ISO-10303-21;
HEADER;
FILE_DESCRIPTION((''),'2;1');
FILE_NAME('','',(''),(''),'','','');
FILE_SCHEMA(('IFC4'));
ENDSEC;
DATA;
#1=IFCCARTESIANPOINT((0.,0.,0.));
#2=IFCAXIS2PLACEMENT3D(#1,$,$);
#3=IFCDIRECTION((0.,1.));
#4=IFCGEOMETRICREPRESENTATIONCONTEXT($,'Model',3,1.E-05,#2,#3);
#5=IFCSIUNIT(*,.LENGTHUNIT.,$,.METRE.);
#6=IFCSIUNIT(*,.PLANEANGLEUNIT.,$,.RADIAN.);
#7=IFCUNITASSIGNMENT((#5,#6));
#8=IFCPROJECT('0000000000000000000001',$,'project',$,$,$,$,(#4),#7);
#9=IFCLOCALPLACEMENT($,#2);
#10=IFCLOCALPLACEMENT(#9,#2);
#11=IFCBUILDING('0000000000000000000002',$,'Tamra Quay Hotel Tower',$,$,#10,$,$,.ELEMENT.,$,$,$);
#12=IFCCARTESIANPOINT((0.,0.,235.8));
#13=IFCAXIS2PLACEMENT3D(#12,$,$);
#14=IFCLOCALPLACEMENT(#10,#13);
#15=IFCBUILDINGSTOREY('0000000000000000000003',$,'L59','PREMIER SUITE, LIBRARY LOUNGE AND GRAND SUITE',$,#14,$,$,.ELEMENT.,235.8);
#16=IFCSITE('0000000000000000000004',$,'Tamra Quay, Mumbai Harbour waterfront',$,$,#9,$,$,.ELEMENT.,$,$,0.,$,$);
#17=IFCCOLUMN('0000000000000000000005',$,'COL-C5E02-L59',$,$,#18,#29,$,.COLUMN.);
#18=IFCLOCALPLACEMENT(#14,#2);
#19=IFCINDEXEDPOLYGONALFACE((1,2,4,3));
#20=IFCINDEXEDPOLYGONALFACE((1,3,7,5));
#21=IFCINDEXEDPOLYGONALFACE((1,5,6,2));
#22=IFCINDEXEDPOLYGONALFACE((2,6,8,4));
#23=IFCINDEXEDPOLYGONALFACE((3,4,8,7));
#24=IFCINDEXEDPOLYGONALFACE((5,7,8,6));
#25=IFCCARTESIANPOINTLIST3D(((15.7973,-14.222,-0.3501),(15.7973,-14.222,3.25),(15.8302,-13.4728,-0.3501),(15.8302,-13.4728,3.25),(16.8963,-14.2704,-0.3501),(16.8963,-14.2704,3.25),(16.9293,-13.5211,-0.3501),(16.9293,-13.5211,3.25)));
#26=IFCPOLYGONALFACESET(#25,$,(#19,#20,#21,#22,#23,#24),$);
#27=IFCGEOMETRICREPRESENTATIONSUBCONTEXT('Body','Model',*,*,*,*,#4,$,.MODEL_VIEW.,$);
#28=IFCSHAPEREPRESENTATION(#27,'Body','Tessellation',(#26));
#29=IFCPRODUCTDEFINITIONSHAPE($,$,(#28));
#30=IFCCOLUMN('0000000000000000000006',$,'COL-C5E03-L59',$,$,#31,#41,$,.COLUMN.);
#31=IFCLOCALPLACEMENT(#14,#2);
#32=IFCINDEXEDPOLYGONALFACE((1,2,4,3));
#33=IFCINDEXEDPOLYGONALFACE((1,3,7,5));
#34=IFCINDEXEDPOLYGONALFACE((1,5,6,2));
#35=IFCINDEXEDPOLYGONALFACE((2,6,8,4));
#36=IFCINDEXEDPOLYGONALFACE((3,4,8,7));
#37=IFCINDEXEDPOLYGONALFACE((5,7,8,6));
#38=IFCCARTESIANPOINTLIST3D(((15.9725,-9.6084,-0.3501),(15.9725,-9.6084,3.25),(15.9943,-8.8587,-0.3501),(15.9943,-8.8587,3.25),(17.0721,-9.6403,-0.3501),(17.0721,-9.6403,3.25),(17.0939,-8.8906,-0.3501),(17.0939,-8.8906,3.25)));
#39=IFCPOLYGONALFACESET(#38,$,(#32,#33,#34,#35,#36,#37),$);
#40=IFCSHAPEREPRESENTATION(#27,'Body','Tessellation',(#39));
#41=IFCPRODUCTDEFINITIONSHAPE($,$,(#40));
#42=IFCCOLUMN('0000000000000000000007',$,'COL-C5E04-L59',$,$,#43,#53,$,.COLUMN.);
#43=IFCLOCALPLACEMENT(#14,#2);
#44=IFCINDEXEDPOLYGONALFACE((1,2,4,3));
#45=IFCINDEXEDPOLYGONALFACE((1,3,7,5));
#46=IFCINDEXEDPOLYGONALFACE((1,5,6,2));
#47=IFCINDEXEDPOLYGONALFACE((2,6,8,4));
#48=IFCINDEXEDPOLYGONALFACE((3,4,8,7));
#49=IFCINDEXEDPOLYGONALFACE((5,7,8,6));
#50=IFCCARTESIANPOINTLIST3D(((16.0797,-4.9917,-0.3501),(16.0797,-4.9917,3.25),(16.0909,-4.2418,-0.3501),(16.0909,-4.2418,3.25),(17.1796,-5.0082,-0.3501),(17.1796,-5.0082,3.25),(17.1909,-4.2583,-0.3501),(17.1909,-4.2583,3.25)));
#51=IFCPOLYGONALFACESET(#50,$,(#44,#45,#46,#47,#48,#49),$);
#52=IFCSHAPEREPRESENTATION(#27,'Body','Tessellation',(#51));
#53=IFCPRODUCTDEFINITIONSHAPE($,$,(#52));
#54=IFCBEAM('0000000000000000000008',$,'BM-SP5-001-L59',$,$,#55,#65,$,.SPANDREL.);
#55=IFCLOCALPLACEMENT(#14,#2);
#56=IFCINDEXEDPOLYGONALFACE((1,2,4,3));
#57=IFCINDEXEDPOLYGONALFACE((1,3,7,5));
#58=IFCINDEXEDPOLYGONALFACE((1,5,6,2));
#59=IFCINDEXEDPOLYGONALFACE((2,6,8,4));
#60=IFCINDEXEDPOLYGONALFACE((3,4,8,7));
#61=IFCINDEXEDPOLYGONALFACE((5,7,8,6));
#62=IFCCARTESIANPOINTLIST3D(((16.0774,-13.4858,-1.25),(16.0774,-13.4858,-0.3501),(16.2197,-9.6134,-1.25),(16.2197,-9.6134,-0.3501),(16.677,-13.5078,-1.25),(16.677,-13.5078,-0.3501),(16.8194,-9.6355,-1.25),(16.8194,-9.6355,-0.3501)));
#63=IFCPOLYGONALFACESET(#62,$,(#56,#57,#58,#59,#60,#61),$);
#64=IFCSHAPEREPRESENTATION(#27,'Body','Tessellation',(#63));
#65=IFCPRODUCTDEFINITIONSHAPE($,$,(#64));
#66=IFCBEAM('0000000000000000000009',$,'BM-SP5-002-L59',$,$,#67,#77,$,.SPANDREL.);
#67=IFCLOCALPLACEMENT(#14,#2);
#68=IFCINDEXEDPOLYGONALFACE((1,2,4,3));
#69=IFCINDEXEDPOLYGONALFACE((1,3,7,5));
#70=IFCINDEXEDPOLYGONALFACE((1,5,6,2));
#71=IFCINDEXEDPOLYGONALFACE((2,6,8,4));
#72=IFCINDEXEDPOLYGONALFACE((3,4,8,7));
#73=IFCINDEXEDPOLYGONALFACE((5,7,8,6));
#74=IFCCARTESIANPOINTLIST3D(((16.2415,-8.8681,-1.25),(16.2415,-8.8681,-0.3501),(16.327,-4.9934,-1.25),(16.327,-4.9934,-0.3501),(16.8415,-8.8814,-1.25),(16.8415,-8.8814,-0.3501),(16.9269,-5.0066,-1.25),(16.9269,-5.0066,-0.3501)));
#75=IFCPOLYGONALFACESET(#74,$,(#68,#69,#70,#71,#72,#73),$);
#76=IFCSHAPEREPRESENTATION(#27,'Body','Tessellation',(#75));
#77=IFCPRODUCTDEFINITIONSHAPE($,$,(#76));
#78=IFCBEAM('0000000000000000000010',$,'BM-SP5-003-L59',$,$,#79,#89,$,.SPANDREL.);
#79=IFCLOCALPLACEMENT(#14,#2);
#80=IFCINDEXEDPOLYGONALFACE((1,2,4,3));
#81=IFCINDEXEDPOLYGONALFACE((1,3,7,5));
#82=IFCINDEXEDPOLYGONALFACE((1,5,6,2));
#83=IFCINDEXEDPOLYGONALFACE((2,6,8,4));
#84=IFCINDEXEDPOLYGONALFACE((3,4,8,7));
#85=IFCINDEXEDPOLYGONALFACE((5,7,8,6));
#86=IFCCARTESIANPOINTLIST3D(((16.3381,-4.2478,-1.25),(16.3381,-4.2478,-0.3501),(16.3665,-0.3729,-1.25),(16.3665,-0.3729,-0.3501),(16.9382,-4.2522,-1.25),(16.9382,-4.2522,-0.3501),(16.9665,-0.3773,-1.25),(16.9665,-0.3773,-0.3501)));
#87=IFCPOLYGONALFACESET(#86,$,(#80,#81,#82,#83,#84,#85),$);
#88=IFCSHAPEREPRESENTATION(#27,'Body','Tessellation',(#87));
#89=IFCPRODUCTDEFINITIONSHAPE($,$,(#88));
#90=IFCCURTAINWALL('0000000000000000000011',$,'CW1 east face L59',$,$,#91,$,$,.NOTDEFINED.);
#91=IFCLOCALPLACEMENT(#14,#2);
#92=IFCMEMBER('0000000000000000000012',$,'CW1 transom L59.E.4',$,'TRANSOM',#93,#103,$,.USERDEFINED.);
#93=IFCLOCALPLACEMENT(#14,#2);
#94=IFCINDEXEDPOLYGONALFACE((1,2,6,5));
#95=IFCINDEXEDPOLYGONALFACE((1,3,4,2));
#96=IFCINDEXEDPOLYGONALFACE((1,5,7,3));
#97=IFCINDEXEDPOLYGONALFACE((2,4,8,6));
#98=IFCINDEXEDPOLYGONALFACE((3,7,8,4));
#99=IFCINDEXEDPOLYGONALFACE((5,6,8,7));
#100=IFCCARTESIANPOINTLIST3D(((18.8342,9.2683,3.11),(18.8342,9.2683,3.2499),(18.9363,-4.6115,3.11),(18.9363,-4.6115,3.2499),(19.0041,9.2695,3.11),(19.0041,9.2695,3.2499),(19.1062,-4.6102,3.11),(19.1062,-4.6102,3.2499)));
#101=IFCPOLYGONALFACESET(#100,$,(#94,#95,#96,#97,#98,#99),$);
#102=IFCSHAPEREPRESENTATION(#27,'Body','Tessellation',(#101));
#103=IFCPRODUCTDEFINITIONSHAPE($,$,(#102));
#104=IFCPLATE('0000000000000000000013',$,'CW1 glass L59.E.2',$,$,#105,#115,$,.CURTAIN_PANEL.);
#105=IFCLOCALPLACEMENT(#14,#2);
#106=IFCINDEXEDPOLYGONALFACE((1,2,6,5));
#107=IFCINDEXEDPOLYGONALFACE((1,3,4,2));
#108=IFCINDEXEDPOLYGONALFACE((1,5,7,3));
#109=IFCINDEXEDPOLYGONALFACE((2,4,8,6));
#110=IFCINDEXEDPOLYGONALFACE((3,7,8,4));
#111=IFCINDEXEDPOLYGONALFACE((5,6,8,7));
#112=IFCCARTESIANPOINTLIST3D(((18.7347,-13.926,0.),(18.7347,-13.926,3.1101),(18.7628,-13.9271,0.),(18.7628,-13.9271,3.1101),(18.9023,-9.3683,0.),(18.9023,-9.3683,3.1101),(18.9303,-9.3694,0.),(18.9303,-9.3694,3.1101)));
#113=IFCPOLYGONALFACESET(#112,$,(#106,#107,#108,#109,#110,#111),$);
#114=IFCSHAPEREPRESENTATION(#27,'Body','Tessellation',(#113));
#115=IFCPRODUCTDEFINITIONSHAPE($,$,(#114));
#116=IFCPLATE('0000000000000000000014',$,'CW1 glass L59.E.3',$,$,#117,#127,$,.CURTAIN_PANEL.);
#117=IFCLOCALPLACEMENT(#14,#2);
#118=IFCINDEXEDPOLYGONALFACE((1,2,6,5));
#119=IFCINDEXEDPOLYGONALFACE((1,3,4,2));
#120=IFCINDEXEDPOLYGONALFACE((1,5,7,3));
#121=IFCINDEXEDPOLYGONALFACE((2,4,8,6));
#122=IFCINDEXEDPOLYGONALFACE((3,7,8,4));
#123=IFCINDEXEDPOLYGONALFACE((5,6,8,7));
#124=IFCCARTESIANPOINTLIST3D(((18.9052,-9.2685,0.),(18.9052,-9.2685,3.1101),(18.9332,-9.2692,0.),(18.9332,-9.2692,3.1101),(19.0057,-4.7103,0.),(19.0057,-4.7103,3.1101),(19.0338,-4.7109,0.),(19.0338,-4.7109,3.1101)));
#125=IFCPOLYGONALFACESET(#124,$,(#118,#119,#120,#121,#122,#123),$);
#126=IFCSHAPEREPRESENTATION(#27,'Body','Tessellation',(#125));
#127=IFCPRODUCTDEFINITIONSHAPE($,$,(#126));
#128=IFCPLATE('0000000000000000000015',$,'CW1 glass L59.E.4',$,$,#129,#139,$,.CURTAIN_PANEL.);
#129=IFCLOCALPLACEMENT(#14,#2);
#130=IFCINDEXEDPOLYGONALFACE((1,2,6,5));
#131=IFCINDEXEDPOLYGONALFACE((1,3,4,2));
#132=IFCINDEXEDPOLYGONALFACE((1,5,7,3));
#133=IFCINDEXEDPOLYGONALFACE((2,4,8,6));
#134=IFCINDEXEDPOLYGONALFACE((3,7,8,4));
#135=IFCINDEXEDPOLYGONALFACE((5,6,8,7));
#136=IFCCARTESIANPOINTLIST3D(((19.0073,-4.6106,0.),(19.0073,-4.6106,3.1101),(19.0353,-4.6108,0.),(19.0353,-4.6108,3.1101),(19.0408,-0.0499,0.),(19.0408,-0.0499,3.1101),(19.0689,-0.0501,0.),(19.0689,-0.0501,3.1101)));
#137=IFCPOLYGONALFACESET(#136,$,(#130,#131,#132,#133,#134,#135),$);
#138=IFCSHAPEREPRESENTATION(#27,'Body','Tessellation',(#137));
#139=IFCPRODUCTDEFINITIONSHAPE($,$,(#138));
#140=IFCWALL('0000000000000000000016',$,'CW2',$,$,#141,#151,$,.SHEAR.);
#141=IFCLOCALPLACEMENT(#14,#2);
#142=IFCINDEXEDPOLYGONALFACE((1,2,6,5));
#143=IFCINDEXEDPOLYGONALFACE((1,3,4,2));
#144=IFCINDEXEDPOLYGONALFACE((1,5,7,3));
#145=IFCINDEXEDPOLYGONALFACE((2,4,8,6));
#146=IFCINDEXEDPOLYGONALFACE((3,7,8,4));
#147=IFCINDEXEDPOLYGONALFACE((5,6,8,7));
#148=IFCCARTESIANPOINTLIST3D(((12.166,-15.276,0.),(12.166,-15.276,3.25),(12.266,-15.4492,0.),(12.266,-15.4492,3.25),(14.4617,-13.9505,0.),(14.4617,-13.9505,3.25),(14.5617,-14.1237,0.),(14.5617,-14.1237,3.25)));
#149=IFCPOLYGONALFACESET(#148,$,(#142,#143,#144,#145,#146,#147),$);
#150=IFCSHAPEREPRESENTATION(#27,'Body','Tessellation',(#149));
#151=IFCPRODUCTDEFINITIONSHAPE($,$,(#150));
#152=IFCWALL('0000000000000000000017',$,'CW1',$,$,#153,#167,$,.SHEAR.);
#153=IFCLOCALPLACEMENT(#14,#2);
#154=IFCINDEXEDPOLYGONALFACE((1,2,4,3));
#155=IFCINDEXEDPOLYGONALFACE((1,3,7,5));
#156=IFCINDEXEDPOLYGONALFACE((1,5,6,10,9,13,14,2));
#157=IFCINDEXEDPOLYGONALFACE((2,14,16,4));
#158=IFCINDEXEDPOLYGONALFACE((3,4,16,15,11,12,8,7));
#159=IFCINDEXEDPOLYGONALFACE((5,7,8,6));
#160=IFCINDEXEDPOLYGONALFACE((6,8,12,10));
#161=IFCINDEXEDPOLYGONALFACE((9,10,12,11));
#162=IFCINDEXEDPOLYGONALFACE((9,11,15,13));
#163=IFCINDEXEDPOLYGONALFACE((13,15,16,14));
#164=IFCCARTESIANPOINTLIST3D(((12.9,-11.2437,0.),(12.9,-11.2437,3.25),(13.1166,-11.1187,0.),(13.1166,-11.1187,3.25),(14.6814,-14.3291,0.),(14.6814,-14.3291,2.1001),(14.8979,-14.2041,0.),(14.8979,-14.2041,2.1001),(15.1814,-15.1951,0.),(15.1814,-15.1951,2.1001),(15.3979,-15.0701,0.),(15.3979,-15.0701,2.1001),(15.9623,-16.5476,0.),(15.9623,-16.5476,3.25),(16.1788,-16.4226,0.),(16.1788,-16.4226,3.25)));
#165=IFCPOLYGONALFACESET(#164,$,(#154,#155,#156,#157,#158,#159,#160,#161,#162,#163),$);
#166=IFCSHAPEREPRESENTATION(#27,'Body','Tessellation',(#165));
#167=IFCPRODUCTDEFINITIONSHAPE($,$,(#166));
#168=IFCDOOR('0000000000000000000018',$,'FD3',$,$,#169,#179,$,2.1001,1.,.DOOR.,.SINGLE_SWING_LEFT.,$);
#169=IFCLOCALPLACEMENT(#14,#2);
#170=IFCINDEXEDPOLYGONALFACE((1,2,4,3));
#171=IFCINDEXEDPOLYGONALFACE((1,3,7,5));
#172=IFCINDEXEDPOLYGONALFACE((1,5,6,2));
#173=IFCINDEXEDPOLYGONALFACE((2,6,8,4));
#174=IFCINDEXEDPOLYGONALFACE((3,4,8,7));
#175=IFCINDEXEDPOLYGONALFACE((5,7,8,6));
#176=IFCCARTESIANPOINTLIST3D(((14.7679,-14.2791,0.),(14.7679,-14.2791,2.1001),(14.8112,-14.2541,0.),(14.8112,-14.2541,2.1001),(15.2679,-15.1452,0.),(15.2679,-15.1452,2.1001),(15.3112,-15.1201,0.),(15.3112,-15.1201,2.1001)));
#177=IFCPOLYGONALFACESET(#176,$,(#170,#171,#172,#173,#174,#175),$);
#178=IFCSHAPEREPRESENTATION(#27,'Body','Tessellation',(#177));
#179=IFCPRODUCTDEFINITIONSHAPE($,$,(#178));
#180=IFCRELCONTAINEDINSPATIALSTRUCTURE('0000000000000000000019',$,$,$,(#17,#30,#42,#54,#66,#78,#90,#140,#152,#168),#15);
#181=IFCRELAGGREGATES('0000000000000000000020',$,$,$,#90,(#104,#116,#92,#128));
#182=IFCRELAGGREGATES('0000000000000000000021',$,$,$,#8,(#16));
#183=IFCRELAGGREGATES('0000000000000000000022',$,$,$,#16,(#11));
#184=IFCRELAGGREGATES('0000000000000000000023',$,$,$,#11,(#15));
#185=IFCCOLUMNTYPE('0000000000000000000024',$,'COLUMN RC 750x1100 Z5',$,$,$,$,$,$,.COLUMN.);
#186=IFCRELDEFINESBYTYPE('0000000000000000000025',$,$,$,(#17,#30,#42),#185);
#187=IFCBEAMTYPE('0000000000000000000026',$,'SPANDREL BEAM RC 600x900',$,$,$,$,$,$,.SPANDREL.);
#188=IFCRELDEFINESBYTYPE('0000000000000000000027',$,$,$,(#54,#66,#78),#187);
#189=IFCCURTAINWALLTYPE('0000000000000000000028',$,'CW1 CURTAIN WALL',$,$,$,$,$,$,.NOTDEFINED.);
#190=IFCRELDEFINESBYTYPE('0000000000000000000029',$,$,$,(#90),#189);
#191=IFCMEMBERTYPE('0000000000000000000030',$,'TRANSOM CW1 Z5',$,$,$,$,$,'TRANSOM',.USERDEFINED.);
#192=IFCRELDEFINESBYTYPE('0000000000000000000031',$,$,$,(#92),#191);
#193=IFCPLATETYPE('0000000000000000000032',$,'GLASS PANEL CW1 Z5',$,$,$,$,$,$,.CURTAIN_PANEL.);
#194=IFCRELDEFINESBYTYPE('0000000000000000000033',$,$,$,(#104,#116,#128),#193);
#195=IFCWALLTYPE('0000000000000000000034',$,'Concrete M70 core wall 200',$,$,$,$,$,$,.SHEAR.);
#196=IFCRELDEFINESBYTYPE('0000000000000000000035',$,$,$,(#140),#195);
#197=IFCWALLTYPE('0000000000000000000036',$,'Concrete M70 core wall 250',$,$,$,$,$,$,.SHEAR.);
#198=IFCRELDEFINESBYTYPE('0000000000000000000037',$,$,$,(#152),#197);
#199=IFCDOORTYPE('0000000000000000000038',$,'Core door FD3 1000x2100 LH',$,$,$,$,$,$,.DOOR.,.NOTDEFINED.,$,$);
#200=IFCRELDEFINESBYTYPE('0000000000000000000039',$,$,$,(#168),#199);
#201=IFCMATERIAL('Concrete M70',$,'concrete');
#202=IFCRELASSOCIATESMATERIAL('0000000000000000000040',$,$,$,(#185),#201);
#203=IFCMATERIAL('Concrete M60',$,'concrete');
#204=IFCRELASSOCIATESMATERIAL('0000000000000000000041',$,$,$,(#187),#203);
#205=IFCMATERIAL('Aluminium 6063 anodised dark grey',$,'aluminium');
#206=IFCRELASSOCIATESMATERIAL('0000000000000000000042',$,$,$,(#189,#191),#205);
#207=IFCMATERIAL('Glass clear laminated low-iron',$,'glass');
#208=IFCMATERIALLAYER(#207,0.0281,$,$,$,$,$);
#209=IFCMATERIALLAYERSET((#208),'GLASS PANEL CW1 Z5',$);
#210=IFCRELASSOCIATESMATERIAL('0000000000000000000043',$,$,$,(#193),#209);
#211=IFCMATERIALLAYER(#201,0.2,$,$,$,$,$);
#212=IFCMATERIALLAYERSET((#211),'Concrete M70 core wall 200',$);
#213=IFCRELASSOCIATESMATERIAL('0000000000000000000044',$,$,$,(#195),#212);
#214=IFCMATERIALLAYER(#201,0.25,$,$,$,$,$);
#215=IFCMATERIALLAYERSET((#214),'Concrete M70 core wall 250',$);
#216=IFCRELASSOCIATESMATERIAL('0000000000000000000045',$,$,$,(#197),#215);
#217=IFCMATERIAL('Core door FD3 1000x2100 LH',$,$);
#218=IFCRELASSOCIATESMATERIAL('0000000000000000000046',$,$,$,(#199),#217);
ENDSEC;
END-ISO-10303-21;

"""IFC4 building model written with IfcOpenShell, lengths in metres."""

from ifc_helpers import new_model, si_unit, direction, frame, frame_2d, origin, origin_2d, place, context, subcontext, project, spatial, rectangle, extrude, material, layer, layer_set, material_profile, profile_set, type_object, element, fill, aggregate, save


model = new_model("IFC4")

# Units and contexts
model_context = context("Model", 3, precision=1e-05, world=origin(), true_north=direction((0.0, 1.0)))
body_context = subcontext(model_context, "Body", "Model", "MODEL_VIEW")
ifc_project = project(units=[si_unit("LENGTHUNIT", "METRE"), si_unit("PLANEANGLEUNIT", "RADIAN")], contexts=[model_context])

# Site, building, storey
site_placement = place(None, origin())
site = spatial("IfcSite", under=ifc_project, at=site_placement, Name="Tamra Quay, Mumbai Harbour waterfront", CompositionType="ELEMENT", RefElevation=0.0)
building_placement = place(site_placement, origin())
building = spatial("IfcBuilding", under=site, at=building_placement, Name="Tamra Quay Hotel Tower", CompositionType="ELEMENT")
storey_placement = place(building_placement, frame((0.0, 0.0, 235.8)))
storey = spatial("IfcBuildingStorey", under=building, at=storey_placement, Name="L59", Description="PREMIER SUITE, LIBRARY LOUNGE AND GRAND SUITE", CompositionType="ELEMENT", Elevation=235.8)

# Columns
ifc_material_1 = material(Name="Concrete M70", Category="concrete")
ifc_material_profile_1 = material_profile(ifc_material_1, rectangle(XDim=1.1001, YDim=0.75, at=origin_2d()), Name="COLUMN RC 750x1100 Z5")
ifc_profile_set_1 = profile_set([ifc_material_profile_1], Name="Concrete M70")
column_type = type_object("IfcColumnType", Name="COLUMN RC 750x1100 Z5", PredefinedType="COLUMN", material=ifc_profile_set_1)
for number, where, z_axis, x_axis, name in (
    (1, (16.3633, -13.8716, -0.3501), (0.0, 0.0, 1.0), (-0.999033, 0.043958, 0.0), "COL-C5E02-L59"),
    (2, (16.5332, -9.2495, -0.3501), (0.0, 0.0, 1.0), (-0.999579, 0.029028, 0.0), "COL-C5E03-L59"),
    (3, (16.6353, -4.625, -0.3501), (0.0, 0.0, 1.0), (-0.999888, 0.014959, 0.0), "COL-C5E04-L59"),
):
    element("IfcColumn", number, at=place(storey_placement, frame(where, z_axis=z_axis, x_axis=x_axis)), inside=storey, type_object=column_type, Name=name, PredefinedType="COLUMN", context=body_context, shape_type="SweptSolid", body=[
        extrude(rectangle(XDim=1.1001, YDim=0.75, at=origin_2d()), origin(), (0.0, 0.0, 1.0), 3.6001),
    ])

# Beams
ifc_material_2 = material(Name="Concrete M60", Category="concrete")
ifc_material_profile_2 = material_profile(ifc_material_2, rectangle(XDim=0.6001, YDim=0.8999, at=origin_2d()), Name="SPANDREL BEAM RC 600x900")
ifc_profile_set_2 = profile_set([ifc_material_profile_2], Name="Concrete M60")
beam_type = type_object("IfcBeamType", Name="SPANDREL BEAM RC 600x900", PredefinedType="SPANDREL", material=ifc_profile_set_2)
beam_1_placement = place(storey_placement, frame((16.3772, -13.4968, -0.8), z_axis=(0.036732, 0.999325, 0.0), x_axis=(-0.999325, 0.036732, 0.0)))
element("IfcBeam", 4, at=beam_1_placement, inside=storey, type_object=beam_type, Name="BM-SP5-001-L59", PredefinedType="SPANDREL", context=body_context, shape_type="SweptSolid", body=[
    extrude(rectangle(XDim=0.6001, YDim=0.8999, at=origin_2d()), origin(), (0.0, 0.0, 1.0), 3.875),
])
beam_2_placement = place(storey_placement, frame((16.5415, -8.8748, -0.8), z_axis=(0.022047, 0.999757, 0.0), x_axis=(-0.999757, 0.022047, 0.0)))
element("IfcBeam", 5, at=beam_2_placement, inside=storey, type_object=beam_type, Name="BM-SP5-002-L59", PredefinedType="SPANDREL", context=body_context, shape_type="SweptSolid", body=[
    extrude(rectangle(XDim=0.6001, YDim=0.8999, at=origin_2d()), origin(), (0.0, 0.0, 1.0), 3.8757),
])
beam_3_placement = place(storey_placement, frame((16.6382, -4.25, -0.8), z_axis=(0.007308, 0.999973, 0.0), x_axis=(-0.999973, 0.007308, 0.0)))
element("IfcBeam", 6, at=beam_3_placement, inside=storey, type_object=beam_type, Name="BM-SP5-003-L59", PredefinedType="SPANDREL", context=body_context, shape_type="SweptSolid", body=[
    extrude(rectangle(XDim=0.6001, YDim=0.8999, at=origin_2d()), origin(), (0.0, 0.0, 1.0), 3.875),
])

# Curtain wall, member, plates
ifc_material_3 = material(Name="Aluminium 6063 anodised dark grey", Category="aluminium")
curtain_wall_type = type_object("IfcCurtainWallType", Name="CW1 CURTAIN WALL", PredefinedType="NOTDEFINED", material=ifc_material_3)
curtain_wall_placement = place(storey_placement, origin())
curtain_wall = element("IfcCurtainWall", 7, at=curtain_wall_placement, inside=storey, type_object=curtain_wall_type, Name="CW1 east face L59", PredefinedType="NOTDEFINED")
ifc_material_profile_3 = material_profile(ifc_material_3, rectangle(XDim=0.1699, YDim=0.1399, at=origin_2d()), Name="TRANSOM 170X140")
ifc_profile_set_3 = profile_set([ifc_material_profile_3], Name="Aluminium 6063 anodised dark grey")
member_type = type_object("IfcMemberType", Name="TRANSOM CW1 Z5", ElementType="TRANSOM", PredefinedType="USERDEFINED", material=ifc_profile_set_3)
member_placement = place(storey_placement, frame((19.0212, -4.6108, 3.1799), z_axis=(-0.007352, 0.999973, 0.0), x_axis=(-0.999973, -0.007352, 0.0)))
member = element("IfcMember", 8, at=member_placement, type_object=member_type, Name="CW1 transom L59.E.4", ObjectType="TRANSOM", PredefinedType="USERDEFINED", context=body_context, shape_type="SweptSolid", body=[
    extrude(rectangle(XDim=0.1699, YDim=0.1399, at=origin_2d()), origin(), (0.0, 0.0, 1.0), 13.8801),
])
ifc_material_4 = material(Name="Glass clear laminated low-iron", Category="glass")
ifc_layer_1 = layer(ifc_material_4, 0.0281)
ifc_layer_set_1 = layer_set([ifc_layer_1], Name="GLASS PANEL CW1 Z5")
plate_type = type_object("IfcPlateType", Name="GLASS PANEL CW1 Z5", PredefinedType="CURTAIN_PANEL", material=ifc_layer_set_1)
plate_1_placement = place(storey_placement, frame((18.8325, -11.6477, 0.0), z_axis=(0.0, 0.0, 1.0), x_axis=(0.036744, 0.999325, 0.0)))
plate_1 = element("IfcPlate", 9, at=plate_1_placement, type_object=plate_type, Name="CW1 glass L59.E.2", PredefinedType="CURTAIN_PANEL", context=body_context, shape_type="SweptSolid", body=[
    extrude(rectangle(XDim=4.5608, YDim=0.0281, at=origin_2d()), origin(), (0.0, 0.0, 1.0), 3.1101),
])
plate_2_placement = place(storey_placement, frame((18.9695, -6.9897, 0.0), z_axis=(0.0, 0.0, 1.0), x_axis=(0.022063, 0.999757, 0.0)))
plate_2 = element("IfcPlate", 10, at=plate_2_placement, type_object=plate_type, Name="CW1 glass L59.E.3", PredefinedType="CURTAIN_PANEL", context=body_context, shape_type="SweptSolid", body=[
    extrude(rectangle(XDim=4.5593, YDim=0.0281, at=origin_2d()), origin(), (0.0, 0.0, 1.0), 3.1101),
])
plate_3_placement = place(storey_placement, frame((19.0381, -2.3303, 0.0), z_axis=(0.0, 0.0, 1.0), x_axis=(0.007362, 0.999973, 0.0)))
plate_3 = element("IfcPlate", 11, at=plate_3_placement, type_object=plate_type, Name="CW1 glass L59.E.4", PredefinedType="CURTAIN_PANEL", context=body_context, shape_type="SweptSolid", body=[
    extrude(rectangle(XDim=4.5608, YDim=0.0281, at=origin_2d()), origin(), (0.0, 0.0, 1.0), 3.1101),
])
aggregate(curtain_wall, [plate_1, plate_2, member, plate_3])

# Wall
ifc_layer_2 = layer(ifc_material_1, 0.2)
ifc_layer_set_2 = layer_set([ifc_layer_2], Name="Concrete M70 core wall 200")
wall_type_1 = type_object("IfcWallType", Name="Concrete M70 core wall 200", PredefinedType="SHEAR", material=ifc_layer_set_2)
wall_1_placement = place(storey_placement, frame((14.5117, -14.0371, 0.0), z_axis=(0.0, 0.0, 1.0), x_axis=(-0.866018, -0.500012, 0.0)))
element("IfcWall", 12, at=wall_1_placement, inside=storey, type_object=wall_type_1, Name="CW2", PredefinedType="SHEAR", context=body_context, shape_type="SweptSolid", body=[
    extrude(rectangle(XDim=2.6509, YDim=0.2, at=frame_2d((1.3254, 0.0))), origin(), (0.0, 0.0, 1.0), 3.25),
])

# Wall, opening, door
ifc_layer_3 = layer(ifc_material_1, 0.25)
ifc_layer_set_3 = layer_set([ifc_layer_3], Name="Concrete M70 core wall 250")
wall_type_2 = type_object("IfcWallType", Name="Concrete M70 core wall 250", PredefinedType="SHEAR", material=ifc_layer_set_3)
wall_2_placement = place(storey_placement, frame((13.0083, -11.1812, 0.0), z_axis=(0.0, 0.0, 1.0), x_axis=(0.500002, -0.866024, 0.0)))
wall_2 = element("IfcWall", 13, at=wall_2_placement, inside=storey, type_object=wall_type_2, Name="CW1", PredefinedType="SHEAR", context=body_context, shape_type="SweptSolid", body=[
    extrude(rectangle(XDim=6.1245, YDim=0.25, at=frame_2d((3.0623, 0.0))), origin(), (0.0, 0.0, 1.0), 3.25),
])
opening_1_placement = place(wall_2_placement, frame((3.5627, 0.0, 0.0)))
opening_1 = element("IfcOpeningElement", 14, at=opening_1_placement, cuts=wall_2, PredefinedType="OPENING", context=body_context, shape_type="SweptSolid", body=[
    extrude(rectangle(XDim=1.0, YDim=2.1001, at=frame_2d((0.5, 1.05))), frame((0.0, 0.135, 0.0), z_axis=(0.0, -1.0, 0.0), x_axis=(1.0, 0.0, 0.0)), (0.0, 0.0, 1.0), 0.27),
])
ifc_material_5 = material(Name="Core door FD3 1000x2100 LH")
door_type_1 = type_object("IfcDoorType", Name="Core door FD3 1000x2100 LH", OperationType="NOTDEFINED", PredefinedType="DOOR", material=ifc_material_5)
door_1_placement = place(opening_1_placement, origin())
door_1 = element("IfcDoor", 15, at=door_1_placement, inside=storey, type_object=door_type_1, Name="FD3", OperationType="SINGLE_SWING_LEFT", OverallHeight=2.1001, OverallWidth=1.0, PredefinedType="DOOR", context=body_context, shape_type="SweptSolid", body=[
    extrude(rectangle(XDim=1.0, YDim=2.1001, at=frame_2d((0.5, 1.05))), frame((0.0, 0.0249, 0.0), z_axis=(0.0, -1.0, 0.0), x_axis=(1.0, 0.0, 0.0)), (0.0, 0.0, 1.0), 0.05),
])
fill(opening_1, door_1)

save(model, "model.ifc")
